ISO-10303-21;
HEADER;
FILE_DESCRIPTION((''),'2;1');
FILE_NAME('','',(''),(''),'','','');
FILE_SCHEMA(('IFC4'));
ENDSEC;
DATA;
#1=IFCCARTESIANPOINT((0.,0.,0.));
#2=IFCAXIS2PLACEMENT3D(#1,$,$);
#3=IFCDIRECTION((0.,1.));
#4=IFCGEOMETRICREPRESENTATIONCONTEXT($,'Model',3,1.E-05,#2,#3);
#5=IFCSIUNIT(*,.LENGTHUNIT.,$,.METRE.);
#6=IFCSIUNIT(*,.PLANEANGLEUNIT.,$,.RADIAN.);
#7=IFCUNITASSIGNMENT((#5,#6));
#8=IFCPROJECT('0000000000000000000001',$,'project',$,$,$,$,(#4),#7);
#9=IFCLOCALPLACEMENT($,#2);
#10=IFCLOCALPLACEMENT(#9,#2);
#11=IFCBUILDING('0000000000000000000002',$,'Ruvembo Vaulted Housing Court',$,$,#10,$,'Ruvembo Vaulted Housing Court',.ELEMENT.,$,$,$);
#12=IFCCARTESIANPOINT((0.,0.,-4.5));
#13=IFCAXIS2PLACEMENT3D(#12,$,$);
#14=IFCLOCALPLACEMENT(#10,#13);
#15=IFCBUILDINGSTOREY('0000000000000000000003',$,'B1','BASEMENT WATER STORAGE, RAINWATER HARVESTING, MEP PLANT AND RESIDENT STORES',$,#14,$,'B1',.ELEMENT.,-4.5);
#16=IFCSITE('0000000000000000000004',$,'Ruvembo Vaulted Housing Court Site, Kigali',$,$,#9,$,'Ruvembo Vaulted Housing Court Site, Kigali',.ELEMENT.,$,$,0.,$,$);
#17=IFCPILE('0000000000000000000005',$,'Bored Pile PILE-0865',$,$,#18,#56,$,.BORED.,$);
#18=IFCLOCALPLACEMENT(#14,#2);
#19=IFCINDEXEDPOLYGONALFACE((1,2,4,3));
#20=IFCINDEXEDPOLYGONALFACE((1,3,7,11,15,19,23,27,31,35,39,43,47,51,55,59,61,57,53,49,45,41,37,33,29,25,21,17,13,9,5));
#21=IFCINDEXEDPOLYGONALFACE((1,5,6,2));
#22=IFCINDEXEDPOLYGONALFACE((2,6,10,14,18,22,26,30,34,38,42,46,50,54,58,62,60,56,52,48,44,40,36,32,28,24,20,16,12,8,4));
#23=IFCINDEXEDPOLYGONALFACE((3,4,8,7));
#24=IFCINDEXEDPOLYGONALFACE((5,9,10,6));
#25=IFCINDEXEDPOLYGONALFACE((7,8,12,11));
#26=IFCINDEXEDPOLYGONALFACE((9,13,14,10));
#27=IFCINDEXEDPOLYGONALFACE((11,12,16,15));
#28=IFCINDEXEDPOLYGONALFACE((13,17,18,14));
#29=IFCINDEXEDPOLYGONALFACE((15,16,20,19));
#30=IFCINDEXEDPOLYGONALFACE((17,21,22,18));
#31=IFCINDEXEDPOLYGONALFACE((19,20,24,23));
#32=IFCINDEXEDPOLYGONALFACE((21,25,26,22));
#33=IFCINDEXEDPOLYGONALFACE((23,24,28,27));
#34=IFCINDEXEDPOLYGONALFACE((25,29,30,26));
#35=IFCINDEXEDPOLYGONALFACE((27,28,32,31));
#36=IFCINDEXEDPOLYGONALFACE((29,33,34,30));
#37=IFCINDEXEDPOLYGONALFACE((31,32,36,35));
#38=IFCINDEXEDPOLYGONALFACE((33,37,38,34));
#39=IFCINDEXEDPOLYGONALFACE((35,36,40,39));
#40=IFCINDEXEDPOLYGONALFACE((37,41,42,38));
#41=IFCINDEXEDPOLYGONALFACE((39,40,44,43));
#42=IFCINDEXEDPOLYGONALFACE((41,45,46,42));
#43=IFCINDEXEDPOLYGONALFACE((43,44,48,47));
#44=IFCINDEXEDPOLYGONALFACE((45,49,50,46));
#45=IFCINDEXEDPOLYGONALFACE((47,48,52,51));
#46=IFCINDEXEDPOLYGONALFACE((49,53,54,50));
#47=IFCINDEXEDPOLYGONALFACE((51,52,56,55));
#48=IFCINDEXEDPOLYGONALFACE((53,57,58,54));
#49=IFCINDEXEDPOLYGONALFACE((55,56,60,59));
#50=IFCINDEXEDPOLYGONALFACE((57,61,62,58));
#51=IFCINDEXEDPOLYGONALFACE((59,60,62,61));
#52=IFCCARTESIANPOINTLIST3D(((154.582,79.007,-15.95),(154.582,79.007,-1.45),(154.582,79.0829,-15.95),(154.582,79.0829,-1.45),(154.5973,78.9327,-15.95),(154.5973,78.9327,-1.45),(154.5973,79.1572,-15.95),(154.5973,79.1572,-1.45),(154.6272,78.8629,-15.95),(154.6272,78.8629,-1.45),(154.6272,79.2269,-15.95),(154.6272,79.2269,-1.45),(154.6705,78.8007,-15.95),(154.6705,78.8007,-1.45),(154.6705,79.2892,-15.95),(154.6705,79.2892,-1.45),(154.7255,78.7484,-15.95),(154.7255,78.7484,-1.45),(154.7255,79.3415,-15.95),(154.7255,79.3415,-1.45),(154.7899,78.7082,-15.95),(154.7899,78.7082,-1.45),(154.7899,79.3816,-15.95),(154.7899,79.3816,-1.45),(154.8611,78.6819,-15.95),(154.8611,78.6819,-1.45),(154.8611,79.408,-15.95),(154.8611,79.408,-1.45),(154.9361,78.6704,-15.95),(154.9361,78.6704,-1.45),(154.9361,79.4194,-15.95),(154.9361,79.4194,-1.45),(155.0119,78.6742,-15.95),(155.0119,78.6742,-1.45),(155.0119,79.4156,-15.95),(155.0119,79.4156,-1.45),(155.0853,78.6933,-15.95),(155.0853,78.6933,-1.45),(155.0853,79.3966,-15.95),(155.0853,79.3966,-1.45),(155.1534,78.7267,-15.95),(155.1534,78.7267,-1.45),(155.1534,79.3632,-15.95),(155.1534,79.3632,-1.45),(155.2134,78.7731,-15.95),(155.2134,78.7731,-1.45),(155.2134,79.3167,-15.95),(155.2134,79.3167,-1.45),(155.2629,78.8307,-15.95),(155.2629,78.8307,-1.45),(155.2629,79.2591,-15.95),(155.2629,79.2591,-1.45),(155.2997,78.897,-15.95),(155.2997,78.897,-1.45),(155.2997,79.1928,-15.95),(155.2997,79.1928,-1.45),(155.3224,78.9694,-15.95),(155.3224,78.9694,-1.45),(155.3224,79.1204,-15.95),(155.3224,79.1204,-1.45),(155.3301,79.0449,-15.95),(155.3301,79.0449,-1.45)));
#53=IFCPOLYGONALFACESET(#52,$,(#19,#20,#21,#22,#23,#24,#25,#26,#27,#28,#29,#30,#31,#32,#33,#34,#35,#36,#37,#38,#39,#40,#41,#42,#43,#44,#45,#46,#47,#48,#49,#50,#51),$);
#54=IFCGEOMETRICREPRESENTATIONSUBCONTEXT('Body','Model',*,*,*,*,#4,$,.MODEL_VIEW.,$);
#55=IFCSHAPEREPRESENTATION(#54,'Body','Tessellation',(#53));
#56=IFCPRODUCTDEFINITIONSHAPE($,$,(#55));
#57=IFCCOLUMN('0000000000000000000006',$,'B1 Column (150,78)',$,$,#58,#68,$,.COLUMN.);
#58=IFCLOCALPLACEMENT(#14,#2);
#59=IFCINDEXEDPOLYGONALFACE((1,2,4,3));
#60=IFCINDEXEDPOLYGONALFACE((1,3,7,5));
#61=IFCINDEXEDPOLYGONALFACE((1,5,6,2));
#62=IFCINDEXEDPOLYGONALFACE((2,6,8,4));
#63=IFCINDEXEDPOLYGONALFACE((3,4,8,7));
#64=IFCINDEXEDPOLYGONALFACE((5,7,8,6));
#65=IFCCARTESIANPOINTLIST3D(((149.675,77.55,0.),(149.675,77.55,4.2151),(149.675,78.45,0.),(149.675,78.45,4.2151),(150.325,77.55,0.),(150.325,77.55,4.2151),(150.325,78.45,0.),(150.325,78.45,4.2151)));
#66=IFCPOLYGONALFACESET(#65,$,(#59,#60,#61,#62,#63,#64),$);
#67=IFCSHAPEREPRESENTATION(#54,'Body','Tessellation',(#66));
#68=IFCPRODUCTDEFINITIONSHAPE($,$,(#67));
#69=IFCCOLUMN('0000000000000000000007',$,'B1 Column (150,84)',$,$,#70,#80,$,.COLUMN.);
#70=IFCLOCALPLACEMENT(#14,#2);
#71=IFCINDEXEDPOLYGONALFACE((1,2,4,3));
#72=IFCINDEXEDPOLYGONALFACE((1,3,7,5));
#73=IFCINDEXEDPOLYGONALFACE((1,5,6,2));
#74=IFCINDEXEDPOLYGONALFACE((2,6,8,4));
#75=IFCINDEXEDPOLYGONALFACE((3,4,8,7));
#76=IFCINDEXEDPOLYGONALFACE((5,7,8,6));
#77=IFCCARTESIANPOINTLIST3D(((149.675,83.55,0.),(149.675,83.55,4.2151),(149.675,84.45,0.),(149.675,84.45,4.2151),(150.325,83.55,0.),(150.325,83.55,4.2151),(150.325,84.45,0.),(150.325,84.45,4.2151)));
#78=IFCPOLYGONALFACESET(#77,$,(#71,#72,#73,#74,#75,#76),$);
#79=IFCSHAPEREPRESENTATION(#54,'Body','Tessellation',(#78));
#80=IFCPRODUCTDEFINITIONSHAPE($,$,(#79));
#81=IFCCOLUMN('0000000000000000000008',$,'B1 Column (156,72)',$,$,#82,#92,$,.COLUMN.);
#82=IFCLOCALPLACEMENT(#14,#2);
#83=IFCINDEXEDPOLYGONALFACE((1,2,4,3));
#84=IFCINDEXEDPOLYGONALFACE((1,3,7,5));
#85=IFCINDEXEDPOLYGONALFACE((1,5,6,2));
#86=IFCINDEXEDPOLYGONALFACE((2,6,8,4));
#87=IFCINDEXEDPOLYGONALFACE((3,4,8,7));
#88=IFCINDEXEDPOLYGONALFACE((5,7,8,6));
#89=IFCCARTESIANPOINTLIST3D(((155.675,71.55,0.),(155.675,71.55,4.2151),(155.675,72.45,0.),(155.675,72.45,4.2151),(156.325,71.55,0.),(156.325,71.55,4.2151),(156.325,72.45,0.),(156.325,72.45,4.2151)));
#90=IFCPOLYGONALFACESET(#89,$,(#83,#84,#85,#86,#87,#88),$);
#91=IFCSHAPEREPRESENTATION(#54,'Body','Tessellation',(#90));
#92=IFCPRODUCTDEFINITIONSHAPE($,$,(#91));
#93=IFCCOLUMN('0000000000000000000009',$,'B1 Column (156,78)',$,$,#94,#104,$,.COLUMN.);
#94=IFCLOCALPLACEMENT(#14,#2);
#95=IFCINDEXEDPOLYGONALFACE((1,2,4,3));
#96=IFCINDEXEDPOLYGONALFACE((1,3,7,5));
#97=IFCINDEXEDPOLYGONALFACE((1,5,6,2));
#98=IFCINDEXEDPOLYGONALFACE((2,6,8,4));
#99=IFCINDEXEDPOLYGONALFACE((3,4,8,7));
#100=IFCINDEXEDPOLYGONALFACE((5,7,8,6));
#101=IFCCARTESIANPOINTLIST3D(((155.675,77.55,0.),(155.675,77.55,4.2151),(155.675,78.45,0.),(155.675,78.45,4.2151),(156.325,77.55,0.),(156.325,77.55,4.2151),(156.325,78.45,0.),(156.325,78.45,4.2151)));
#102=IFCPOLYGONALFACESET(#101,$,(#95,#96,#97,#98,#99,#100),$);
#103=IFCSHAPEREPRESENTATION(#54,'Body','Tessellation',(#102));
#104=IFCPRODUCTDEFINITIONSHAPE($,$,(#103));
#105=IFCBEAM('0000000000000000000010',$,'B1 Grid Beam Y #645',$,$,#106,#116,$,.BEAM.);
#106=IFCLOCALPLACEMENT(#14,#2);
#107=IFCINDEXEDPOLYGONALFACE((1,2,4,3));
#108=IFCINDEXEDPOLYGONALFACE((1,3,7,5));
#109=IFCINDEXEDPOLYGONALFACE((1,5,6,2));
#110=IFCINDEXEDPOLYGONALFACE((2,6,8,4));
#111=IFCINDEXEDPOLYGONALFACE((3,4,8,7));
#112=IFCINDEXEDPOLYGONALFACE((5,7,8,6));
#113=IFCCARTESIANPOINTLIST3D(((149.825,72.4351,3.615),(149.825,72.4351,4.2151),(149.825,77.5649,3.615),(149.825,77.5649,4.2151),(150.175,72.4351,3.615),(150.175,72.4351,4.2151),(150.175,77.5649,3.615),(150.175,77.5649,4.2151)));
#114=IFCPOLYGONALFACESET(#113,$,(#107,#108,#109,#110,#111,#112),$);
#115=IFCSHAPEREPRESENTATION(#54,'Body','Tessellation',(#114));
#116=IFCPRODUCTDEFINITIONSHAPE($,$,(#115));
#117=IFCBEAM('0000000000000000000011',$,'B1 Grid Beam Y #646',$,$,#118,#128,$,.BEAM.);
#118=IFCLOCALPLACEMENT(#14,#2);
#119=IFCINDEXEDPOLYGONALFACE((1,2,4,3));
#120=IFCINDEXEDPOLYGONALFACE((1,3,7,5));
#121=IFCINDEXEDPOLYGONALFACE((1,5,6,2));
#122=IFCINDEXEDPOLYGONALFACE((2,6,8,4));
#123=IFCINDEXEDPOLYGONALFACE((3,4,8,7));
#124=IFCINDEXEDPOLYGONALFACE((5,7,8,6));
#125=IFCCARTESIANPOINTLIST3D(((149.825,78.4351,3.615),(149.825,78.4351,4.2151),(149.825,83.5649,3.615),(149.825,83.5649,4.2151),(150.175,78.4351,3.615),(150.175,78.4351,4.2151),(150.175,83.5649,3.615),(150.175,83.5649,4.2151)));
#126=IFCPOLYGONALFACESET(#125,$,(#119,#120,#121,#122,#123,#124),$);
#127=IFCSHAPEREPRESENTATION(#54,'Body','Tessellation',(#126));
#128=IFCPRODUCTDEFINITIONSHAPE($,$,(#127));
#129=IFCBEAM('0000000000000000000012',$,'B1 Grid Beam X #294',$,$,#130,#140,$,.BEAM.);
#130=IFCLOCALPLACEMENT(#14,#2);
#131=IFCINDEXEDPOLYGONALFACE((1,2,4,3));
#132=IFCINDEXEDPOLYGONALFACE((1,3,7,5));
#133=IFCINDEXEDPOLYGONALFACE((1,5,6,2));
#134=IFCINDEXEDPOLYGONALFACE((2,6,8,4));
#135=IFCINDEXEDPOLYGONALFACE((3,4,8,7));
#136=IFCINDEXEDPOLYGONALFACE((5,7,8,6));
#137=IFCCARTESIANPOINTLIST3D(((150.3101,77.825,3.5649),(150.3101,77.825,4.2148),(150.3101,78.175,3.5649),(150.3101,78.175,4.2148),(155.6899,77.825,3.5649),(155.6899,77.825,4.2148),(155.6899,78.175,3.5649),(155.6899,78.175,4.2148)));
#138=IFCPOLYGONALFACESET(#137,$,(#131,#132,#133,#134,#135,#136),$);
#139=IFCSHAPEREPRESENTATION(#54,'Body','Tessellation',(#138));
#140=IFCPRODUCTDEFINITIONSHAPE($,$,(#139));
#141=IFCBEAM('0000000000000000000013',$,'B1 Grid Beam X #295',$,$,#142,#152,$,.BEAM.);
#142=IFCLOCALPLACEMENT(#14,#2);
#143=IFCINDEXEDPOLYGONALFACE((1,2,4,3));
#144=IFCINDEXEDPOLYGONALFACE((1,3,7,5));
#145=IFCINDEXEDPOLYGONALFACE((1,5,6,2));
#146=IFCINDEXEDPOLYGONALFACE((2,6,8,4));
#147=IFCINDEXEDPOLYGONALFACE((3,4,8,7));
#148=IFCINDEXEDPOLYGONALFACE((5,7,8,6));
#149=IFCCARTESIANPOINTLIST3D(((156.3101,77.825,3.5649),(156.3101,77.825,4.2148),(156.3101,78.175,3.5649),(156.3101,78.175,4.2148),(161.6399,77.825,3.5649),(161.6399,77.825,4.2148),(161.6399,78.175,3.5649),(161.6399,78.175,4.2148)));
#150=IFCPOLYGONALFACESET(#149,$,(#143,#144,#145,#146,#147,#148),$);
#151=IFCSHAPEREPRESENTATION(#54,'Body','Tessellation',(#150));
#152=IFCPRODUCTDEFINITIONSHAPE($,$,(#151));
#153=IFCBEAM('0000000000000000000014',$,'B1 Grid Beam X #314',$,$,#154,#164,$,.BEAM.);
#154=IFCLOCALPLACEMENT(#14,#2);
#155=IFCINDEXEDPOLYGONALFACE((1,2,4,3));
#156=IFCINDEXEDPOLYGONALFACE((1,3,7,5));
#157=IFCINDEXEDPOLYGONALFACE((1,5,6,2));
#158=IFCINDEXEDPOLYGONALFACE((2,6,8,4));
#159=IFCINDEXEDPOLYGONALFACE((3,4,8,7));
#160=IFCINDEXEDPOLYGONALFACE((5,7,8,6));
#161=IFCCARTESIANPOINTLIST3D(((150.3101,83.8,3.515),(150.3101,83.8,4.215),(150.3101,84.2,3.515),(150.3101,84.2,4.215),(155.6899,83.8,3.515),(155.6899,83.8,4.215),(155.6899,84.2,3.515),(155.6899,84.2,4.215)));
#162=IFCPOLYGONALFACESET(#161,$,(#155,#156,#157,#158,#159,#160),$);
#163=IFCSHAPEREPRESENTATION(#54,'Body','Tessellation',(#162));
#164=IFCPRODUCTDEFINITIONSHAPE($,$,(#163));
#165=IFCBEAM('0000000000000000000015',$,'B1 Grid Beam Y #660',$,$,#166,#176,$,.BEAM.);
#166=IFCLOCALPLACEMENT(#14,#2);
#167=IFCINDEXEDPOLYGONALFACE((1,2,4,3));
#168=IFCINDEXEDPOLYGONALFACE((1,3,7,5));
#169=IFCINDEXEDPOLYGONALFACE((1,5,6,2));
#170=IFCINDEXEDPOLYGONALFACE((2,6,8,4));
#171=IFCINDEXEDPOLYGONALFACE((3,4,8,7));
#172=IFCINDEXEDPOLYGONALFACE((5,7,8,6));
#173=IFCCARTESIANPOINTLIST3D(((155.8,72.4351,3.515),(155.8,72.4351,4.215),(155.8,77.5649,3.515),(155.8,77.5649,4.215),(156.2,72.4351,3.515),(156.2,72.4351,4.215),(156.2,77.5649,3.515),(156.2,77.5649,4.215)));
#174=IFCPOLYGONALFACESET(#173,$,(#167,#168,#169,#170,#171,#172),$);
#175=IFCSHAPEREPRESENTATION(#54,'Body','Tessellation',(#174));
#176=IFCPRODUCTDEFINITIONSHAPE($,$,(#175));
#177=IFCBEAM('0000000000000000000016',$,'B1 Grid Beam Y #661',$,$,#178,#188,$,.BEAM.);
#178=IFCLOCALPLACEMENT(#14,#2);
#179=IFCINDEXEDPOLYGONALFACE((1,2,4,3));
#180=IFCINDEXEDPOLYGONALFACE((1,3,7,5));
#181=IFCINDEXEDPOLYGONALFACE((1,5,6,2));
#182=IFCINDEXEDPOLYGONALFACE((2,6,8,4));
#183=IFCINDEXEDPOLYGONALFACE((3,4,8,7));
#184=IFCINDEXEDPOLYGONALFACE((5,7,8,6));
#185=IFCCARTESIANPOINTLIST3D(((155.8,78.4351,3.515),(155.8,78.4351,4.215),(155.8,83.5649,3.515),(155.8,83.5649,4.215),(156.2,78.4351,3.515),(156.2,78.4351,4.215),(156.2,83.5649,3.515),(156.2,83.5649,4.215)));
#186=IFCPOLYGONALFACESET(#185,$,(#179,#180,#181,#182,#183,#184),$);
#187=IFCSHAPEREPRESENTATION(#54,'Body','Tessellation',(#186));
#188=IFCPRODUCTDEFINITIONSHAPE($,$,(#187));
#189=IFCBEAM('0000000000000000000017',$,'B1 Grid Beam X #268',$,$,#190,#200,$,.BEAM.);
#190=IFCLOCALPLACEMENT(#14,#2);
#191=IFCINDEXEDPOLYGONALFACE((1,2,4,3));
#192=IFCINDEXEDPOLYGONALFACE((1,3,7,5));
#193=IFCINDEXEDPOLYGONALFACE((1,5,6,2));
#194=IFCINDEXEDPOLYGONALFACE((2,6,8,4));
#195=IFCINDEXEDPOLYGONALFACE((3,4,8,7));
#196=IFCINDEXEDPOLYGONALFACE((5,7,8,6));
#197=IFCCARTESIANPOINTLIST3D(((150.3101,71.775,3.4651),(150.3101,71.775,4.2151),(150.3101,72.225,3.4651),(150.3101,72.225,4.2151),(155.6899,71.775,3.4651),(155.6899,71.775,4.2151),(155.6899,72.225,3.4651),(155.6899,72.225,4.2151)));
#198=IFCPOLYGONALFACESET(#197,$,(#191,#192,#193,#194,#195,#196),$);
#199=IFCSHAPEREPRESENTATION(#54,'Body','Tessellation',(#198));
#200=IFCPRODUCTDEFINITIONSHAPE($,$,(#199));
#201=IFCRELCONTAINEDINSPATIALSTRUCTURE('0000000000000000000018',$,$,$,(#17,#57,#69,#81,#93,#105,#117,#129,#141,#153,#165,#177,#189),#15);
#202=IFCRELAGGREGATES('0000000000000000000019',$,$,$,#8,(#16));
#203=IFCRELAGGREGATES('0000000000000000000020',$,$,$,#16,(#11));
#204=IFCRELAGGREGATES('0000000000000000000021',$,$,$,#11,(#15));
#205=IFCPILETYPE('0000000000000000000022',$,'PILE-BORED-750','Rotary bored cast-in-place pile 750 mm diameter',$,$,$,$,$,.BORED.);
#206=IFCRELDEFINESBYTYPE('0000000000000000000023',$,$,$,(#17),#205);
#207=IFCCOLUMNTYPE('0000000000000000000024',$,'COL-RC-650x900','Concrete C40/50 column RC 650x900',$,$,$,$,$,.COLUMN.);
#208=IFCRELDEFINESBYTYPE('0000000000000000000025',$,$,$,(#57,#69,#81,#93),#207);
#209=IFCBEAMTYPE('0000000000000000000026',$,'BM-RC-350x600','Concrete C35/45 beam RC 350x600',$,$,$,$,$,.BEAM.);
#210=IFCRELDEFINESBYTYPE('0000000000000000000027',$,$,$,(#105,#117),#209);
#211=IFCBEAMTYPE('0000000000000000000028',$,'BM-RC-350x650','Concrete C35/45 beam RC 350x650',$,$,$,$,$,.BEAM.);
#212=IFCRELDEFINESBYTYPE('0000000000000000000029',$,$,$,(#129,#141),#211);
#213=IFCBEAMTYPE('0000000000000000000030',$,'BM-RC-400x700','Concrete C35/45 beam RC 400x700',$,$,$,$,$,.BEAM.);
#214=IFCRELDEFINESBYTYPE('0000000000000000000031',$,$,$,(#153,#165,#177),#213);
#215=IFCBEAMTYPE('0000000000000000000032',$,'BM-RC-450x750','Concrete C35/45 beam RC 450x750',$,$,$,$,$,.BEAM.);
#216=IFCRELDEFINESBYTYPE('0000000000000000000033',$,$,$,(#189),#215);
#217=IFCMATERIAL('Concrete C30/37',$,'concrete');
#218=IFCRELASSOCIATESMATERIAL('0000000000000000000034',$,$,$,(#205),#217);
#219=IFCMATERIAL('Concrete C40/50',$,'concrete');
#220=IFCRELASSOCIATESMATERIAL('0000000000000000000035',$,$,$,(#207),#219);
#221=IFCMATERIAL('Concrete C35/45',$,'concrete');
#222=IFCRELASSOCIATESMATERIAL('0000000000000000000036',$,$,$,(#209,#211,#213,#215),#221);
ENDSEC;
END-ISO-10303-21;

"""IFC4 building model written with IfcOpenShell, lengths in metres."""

from ifc_helpers import new_model, si_unit, direction, frame, origin, origin_2d, place, context, subcontext, project, spatial, rectangle, circle, extrude, material, material_profile, profile_set, type_object, element, save


model = new_model("IFC4")

# Units and contexts
model_context = context("Model", 3, precision=1e-05, world=origin(), true_north=direction((0.0, 1.0)))
body_context = subcontext(model_context, "Body", "Model", "MODEL_VIEW")
ifc_project = project(units=[si_unit("LENGTHUNIT", "METRE"), si_unit("PLANEANGLEUNIT", "RADIAN")], contexts=[model_context])

# Site, building, storey
site_placement = place(None, origin())
site = spatial("IfcSite", under=ifc_project, at=site_placement, Name="Ruvembo Vaulted Housing Court Site, Kigali", LongName="Ruvembo Vaulted Housing Court Site, Kigali", CompositionType="ELEMENT", RefElevation=0.0)
building_placement = place(site_placement, origin())
building = spatial("IfcBuilding", under=site, at=building_placement, Name="Ruvembo Vaulted Housing Court", LongName="Ruvembo Vaulted Housing Court", CompositionType="ELEMENT")
storey_placement = place(building_placement, frame((0.0, 0.0, -4.5)))
storey = spatial("IfcBuildingStorey", under=building, at=storey_placement, Name="B1", Description="BASEMENT WATER STORAGE, RAINWATER HARVESTING, MEP PLANT AND RESIDENT STORES", LongName="B1", CompositionType="ELEMENT", Elevation=-4.5)

# Shared definitions
ifc_material_1 = material(Name="Concrete C35/45", Category="concrete")

# Pile
ifc_material_2 = material(Name="Concrete C30/37", Category="concrete")
ifc_material_profile_1 = material_profile(ifc_material_2, circle(Radius=0.375, at=origin_2d()), Name="PILE D750")
ifc_profile_set_1 = profile_set([ifc_material_profile_1], Name="Concrete C30/37")
pile_type_1 = type_object("IfcPileType", Name="PILE-BORED-750", Description="Rotary bored cast-in-place pile 750 mm diameter", PredefinedType="BORED", material=ifc_profile_set_1)
for number, where, z_axis, x_axis, name in (
    (1, (154.9551, 79.0449, -1.45), (0.0, 0.0, -1.0), (1.0, 0.0, 0.0), "Bored Pile PILE-0865"),
):
    element("IfcPile", number, at=place(storey_placement, frame(where, z_axis=z_axis, x_axis=x_axis)), inside=storey, type_object=pile_type_1, Name=name, PredefinedType="BORED", context=body_context, shape_type="SweptSolid", body=[
        extrude(circle(Radius=0.375, at=origin_2d()), origin(), (0.0, 0.0, 1.0), 14.5),
    ])

# Columns
ifc_material_3 = material(Name="Concrete C40/50", Category="concrete")
ifc_material_profile_2 = material_profile(ifc_material_3, rectangle(XDim=0.6499, YDim=0.8999, at=origin_2d()), Name="RC 650x900")
ifc_profile_set_2 = profile_set([ifc_material_profile_2], Name="Concrete C40/50")
column_type = type_object("IfcColumnType", Name="COL-RC-650x900", Description="Concrete C40/50 column RC 650x900", PredefinedType="COLUMN", material=ifc_profile_set_2)
for number, where, z_axis, x_axis, name in (
    (2, (150.0, 78.0, 0.0), (0.0, 0.0, 1.0), (1.0, 0.0, 0.0), "B1 Column (150,78)"),
    (3, (150.0, 84.0, 0.0), (0.0, 0.0, 1.0), (1.0, 0.0, 0.0), "B1 Column (150,84)"),
    (4, (156.0, 72.0, 0.0), (0.0, 0.0, 1.0), (1.0, 0.0, 0.0), "B1 Column (156,72)"),
    (5, (156.0, 78.0, 0.0), (0.0, 0.0, 1.0), (1.0, 0.0, 0.0), "B1 Column (156,78)"),
):
    element("IfcColumn", number, at=place(storey_placement, frame(where, z_axis=z_axis, x_axis=x_axis)), inside=storey, type_object=column_type, Name=name, PredefinedType="COLUMN", context=body_context, shape_type="SweptSolid", body=[
        extrude(rectangle(XDim=0.6499, YDim=0.8999, at=origin_2d()), origin(), (0.0, 0.0, 1.0), 4.2151),
    ])

# Beams
ifc_material_profile_3 = material_profile(ifc_material_1, rectangle(XDim=0.3501, YDim=0.6001, at=origin_2d()), Name="RC 350x600")
ifc_profile_set_3 = profile_set([ifc_material_profile_3], Name="Concrete C35/45")
beam_type_1 = type_object("IfcBeamType", Name="BM-RC-350x600", Description="Concrete C35/45 beam RC 350x600", PredefinedType="BEAM", material=ifc_profile_set_3)
for number, where, z_axis, x_axis, name in (
    (6, (150.0, 72.4351, 3.915), (0.0, 1.0, 0.0), (-1.0, 0.0, 0.0), "B1 Grid Beam Y #645"),
    (7, (150.0, 78.4351, 3.915), (0.0, 1.0, 0.0), (-1.0, 0.0, 0.0), "B1 Grid Beam Y #646"),
):
    element("IfcBeam", number, at=place(storey_placement, frame(where, z_axis=z_axis, x_axis=x_axis)), inside=storey, type_object=beam_type_1, Name=name, PredefinedType="BEAM", context=body_context, shape_type="SweptSolid", body=[
        extrude(rectangle(XDim=0.3501, YDim=0.6001, at=origin_2d()), origin(), (0.0, 0.0, 1.0), 5.1299),
    ])
ifc_material_profile_4 = material_profile(ifc_material_1, rectangle(XDim=0.3501, YDim=0.6499, at=origin_2d()), Name="RC 350x650")
ifc_profile_set_4 = profile_set([ifc_material_profile_4], Name="Concrete C35/45")
beam_type_2 = type_object("IfcBeamType", Name="BM-RC-350x650", Description="Concrete C35/45 beam RC 350x650", PredefinedType="BEAM", material=ifc_profile_set_4)
beam_1_placement = place(storey_placement, frame((150.3101, 78.0, 3.8899), z_axis=(1.0, 0.0, 0.0), x_axis=(0.0, 1.0, 0.0)))
element("IfcBeam", 8, at=beam_1_placement, inside=storey, type_object=beam_type_2, Name="B1 Grid Beam X #294", PredefinedType="BEAM", context=body_context, shape_type="SweptSolid", body=[
    extrude(rectangle(XDim=0.3501, YDim=0.6499, at=origin_2d()), origin(), (0.0, 0.0, 1.0), 5.3799),
])
beam_2_placement = place(storey_placement, frame((156.3101, 78.0, 3.8899), z_axis=(1.0, 0.0, 0.0), x_axis=(0.0, 1.0, 0.0)))
element("IfcBeam", 9, at=beam_2_placement, inside=storey, type_object=beam_type_2, Name="B1 Grid Beam X #295", PredefinedType="BEAM", context=body_context, shape_type="SweptSolid", body=[
    extrude(rectangle(XDim=0.3501, YDim=0.6499, at=origin_2d()), origin(), (0.0, 0.0, 1.0), 5.3298),
])
ifc_material_profile_5 = material_profile(ifc_material_1, rectangle(XDim=0.3999, YDim=0.7, at=origin_2d()), Name="RC 400x700")
ifc_profile_set_5 = profile_set([ifc_material_profile_5], Name="Concrete C35/45")
beam_type_3 = type_object("IfcBeamType", Name="BM-RC-400x700", Description="Concrete C35/45 beam RC 400x700", PredefinedType="BEAM", material=ifc_profile_set_5)
beam_3_placement = place(storey_placement, frame((150.3101, 84.0, 3.865), z_axis=(1.0, 0.0, 0.0), x_axis=(0.0, 1.0, 0.0)))
element("IfcBeam", 10, at=beam_3_placement, inside=storey, type_object=beam_type_3, Name="B1 Grid Beam X #314", PredefinedType="BEAM", context=body_context, shape_type="SweptSolid", body=[
    extrude(rectangle(XDim=0.3999, YDim=0.7, at=origin_2d()), origin(), (0.0, 0.0, 1.0), 5.3799),
])
for number, where, z_axis, x_axis, name in (
    (11, (156.0, 72.4351, 3.865), (0.0, 1.0, 0.0), (-1.0, 0.0, 0.0), "B1 Grid Beam Y #660"),
    (12, (156.0, 78.4351, 3.865), (0.0, 1.0, 0.0), (-1.0, 0.0, 0.0), "B1 Grid Beam Y #661"),
):
    element("IfcBeam", number, at=place(storey_placement, frame(where, z_axis=z_axis, x_axis=x_axis)), inside=storey, type_object=beam_type_3, Name=name, PredefinedType="BEAM", context=body_context, shape_type="SweptSolid", body=[
        extrude(rectangle(XDim=0.3999, YDim=0.7, at=origin_2d()), origin(), (0.0, 0.0, 1.0), 5.1299),
    ])
ifc_material_profile_6 = material_profile(ifc_material_1, rectangle(XDim=0.45, YDim=0.75, at=origin_2d()), Name="RC 450x750")
ifc_profile_set_6 = profile_set([ifc_material_profile_6], Name="Concrete C35/45")
beam_type_4 = type_object("IfcBeamType", Name="BM-RC-450x750", Description="Concrete C35/45 beam RC 450x750", PredefinedType="BEAM", material=ifc_profile_set_6)
beam_4_placement = place(storey_placement, frame((150.3101, 72.0, 3.8401), z_axis=(1.0, 0.0, 0.0), x_axis=(0.0, 1.0, 0.0)))
element("IfcBeam", 13, at=beam_4_placement, inside=storey, type_object=beam_type_4, Name="B1 Grid Beam X #268", PredefinedType="BEAM", context=body_context, shape_type="SweptSolid", body=[
    extrude(rectangle(XDim=0.45, YDim=0.75, at=origin_2d()), origin(), (0.0, 0.0, 1.0), 5.3799),
])

save(model, "model.ifc")
